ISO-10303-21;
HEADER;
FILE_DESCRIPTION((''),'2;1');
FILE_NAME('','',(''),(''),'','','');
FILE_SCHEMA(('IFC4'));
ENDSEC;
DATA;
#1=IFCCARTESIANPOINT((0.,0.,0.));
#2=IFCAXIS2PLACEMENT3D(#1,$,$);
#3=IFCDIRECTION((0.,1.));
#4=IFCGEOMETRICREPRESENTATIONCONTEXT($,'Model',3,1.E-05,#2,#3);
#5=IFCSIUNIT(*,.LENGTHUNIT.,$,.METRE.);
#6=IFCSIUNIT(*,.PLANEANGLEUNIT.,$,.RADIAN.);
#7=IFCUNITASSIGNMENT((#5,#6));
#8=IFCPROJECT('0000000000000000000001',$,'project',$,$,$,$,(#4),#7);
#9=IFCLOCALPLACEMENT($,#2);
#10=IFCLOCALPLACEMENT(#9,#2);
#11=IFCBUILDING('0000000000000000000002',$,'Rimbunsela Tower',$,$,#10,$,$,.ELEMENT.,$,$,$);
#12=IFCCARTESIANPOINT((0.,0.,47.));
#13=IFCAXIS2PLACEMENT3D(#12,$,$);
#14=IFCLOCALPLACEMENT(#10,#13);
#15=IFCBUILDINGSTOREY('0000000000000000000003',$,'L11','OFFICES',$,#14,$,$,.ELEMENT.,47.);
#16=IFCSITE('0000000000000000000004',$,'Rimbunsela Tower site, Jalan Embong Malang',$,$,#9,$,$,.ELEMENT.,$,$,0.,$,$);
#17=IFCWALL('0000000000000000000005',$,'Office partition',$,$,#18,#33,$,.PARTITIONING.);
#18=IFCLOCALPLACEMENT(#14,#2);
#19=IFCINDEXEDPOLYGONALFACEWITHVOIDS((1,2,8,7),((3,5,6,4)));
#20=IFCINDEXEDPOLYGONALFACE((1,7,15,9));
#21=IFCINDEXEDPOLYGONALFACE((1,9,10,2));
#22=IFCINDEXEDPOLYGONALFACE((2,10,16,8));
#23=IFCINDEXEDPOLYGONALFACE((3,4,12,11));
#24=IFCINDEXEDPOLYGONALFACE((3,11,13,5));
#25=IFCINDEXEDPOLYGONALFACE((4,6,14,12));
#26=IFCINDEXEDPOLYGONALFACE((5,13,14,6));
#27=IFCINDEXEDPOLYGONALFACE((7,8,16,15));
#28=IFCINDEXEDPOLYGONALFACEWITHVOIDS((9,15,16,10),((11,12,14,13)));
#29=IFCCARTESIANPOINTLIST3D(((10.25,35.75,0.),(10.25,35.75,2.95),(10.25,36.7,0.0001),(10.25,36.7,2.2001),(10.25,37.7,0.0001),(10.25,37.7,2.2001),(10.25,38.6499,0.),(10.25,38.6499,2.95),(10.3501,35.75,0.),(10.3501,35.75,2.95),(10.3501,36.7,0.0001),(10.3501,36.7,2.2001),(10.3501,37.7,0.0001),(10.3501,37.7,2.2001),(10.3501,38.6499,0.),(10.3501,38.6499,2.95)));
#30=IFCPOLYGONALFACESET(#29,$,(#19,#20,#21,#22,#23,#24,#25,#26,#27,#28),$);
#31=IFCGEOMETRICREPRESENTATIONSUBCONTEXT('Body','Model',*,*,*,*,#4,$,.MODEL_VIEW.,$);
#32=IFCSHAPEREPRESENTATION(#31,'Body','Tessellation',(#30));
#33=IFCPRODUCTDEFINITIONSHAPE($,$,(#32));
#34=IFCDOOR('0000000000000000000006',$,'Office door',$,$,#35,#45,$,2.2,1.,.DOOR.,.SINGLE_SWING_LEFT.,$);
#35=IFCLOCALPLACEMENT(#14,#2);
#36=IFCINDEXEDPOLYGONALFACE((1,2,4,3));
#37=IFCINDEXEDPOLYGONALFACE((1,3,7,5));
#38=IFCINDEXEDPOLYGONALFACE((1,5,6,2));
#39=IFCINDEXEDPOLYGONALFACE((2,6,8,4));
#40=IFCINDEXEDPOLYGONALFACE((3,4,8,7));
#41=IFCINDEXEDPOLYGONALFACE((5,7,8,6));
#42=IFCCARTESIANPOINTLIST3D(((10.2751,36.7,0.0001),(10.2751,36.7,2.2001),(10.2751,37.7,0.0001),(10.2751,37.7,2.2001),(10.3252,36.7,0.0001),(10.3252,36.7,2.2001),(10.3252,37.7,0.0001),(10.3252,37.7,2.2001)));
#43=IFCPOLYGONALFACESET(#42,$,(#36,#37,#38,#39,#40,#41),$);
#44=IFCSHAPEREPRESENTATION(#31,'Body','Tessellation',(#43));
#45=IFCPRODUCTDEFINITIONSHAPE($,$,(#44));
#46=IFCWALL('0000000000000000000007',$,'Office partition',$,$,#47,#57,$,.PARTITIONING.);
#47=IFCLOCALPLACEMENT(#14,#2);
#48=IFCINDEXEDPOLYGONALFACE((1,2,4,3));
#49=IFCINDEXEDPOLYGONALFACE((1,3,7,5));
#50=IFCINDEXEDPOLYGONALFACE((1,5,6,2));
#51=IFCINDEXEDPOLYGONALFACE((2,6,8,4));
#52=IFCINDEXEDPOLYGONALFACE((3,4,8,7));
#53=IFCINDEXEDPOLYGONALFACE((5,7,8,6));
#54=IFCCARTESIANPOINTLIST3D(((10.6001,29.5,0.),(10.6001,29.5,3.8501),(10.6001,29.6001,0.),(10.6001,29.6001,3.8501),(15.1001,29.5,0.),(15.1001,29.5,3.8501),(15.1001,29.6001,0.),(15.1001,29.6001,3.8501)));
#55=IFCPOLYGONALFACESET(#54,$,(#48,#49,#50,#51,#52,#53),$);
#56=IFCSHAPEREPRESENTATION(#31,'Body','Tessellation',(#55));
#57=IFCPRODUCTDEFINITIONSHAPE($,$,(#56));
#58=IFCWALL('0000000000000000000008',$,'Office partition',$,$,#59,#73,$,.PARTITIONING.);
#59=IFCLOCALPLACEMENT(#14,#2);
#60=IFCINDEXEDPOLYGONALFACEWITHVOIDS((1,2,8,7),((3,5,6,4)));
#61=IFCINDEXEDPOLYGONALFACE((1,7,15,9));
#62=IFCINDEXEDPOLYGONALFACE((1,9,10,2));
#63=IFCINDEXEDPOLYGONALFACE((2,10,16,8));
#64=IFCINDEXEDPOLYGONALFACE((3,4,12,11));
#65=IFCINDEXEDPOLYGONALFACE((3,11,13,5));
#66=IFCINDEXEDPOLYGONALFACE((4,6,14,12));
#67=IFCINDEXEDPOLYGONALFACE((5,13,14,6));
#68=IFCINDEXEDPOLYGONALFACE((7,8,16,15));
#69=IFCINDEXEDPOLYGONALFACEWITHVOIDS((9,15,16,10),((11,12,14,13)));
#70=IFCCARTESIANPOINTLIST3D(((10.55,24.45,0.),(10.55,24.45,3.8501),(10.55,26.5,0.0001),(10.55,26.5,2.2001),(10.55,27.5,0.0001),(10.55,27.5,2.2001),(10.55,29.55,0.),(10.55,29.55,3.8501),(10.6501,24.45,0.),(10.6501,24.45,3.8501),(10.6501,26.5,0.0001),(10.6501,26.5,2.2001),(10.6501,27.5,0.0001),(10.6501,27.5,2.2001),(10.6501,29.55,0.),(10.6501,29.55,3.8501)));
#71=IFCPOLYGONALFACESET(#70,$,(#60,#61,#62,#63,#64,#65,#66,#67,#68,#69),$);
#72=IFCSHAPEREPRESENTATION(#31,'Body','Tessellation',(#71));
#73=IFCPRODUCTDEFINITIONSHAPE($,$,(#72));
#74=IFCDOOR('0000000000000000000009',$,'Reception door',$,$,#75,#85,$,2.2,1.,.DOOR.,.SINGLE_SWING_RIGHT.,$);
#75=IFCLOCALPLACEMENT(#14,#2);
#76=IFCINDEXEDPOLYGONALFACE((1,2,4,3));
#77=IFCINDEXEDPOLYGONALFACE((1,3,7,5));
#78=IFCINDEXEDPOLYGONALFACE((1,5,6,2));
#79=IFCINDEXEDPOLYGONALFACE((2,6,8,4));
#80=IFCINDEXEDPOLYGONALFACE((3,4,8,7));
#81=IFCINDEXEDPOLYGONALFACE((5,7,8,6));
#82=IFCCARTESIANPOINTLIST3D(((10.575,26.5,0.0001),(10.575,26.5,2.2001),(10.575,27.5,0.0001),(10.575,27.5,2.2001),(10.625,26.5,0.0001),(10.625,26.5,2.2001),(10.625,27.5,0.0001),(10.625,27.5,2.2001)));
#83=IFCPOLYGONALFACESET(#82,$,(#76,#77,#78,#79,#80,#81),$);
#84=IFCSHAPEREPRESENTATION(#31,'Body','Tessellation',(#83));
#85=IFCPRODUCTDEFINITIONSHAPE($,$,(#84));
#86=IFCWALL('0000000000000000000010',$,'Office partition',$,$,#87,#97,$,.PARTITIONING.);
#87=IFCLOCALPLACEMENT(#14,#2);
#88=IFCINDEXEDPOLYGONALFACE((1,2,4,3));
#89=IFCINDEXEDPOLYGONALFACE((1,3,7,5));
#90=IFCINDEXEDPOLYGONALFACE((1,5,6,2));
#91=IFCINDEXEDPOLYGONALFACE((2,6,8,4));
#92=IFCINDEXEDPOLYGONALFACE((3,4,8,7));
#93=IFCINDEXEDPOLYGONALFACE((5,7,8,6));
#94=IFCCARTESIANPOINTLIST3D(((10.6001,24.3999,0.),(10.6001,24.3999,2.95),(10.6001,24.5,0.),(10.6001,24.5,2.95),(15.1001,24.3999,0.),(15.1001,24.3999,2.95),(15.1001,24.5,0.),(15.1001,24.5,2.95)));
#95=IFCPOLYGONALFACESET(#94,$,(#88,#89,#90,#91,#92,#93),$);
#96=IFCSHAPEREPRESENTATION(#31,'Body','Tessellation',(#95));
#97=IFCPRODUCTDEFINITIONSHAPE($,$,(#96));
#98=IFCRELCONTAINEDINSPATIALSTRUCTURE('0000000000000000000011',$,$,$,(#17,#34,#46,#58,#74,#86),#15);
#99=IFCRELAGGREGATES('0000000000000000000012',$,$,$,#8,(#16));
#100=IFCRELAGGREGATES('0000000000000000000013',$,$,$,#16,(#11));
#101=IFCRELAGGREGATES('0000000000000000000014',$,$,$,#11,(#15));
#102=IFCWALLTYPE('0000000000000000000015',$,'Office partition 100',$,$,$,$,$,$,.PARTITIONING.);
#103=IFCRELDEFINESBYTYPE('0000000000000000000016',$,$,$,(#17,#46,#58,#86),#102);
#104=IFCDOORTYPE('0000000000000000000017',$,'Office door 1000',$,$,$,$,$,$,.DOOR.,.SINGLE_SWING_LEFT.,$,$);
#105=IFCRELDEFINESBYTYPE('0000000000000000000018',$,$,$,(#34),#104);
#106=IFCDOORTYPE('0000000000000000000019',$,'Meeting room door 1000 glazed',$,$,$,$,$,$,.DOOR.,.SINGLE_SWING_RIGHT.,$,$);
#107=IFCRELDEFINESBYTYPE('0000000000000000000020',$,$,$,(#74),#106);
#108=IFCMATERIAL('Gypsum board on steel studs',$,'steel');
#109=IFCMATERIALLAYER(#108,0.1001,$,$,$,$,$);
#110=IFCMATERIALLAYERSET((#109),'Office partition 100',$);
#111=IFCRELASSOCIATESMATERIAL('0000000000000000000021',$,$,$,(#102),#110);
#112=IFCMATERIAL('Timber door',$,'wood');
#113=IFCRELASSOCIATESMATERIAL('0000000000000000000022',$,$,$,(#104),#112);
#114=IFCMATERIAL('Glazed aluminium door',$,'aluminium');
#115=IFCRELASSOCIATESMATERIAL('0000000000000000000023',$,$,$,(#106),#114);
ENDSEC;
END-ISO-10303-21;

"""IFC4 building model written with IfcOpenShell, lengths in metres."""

from ifc_helpers import new_model, si_unit, direction, frame, frame_2d, origin, place, context, subcontext, project, spatial, rectangle, extrude, material, layer, layer_set, type_object, element, fill, save


model = new_model("IFC4")

# Units and contexts
model_context = context("Model", 3, precision=1e-05, world=origin(), true_north=direction((0.0, 1.0)))
body_context = subcontext(model_context, "Body", "Model", "MODEL_VIEW")
ifc_project = project(units=[si_unit("LENGTHUNIT", "METRE"), si_unit("PLANEANGLEUNIT", "RADIAN")], contexts=[model_context])

# Site, building, storey
site_placement = place(None, origin())
site = spatial("IfcSite", under=ifc_project, at=site_placement, Name="Rimbunsela Tower site, Jalan Embong Malang", CompositionType="ELEMENT", RefElevation=0.0)
building_placement = place(site_placement, origin())
building = spatial("IfcBuilding", under=site, at=building_placement, Name="Rimbunsela Tower", CompositionType="ELEMENT")
storey_placement = place(building_placement, frame((0.0, 0.0, 47.0)))
storey = spatial("IfcBuildingStorey", under=building, at=storey_placement, Name="L11", Description="OFFICES", CompositionType="ELEMENT", Elevation=47.0)

# Shared definitions
ifc_material_1 = material(Name="Gypsum board on steel studs", Category="steel")
ifc_layer_1 = layer(ifc_material_1, 0.1001)
ifc_layer_set_1 = layer_set([ifc_layer_1], Name="Office partition 100")
wall_type_1 = type_object("IfcWallType", Name="Office partition 100", PredefinedType="PARTITIONING", material=ifc_layer_set_1)

# Wall, opening, door
wall_1_placement = place(storey_placement, frame((10.3, 35.75, 0.0), z_axis=(0.0, 0.0, 1.0), x_axis=(0.0, 1.0, 0.0)))
wall_1 = element("IfcWall", 1, at=wall_1_placement, inside=storey, type_object=wall_type_1, Name="Office partition", PredefinedType="PARTITIONING", context=body_context, shape_type="SweptSolid", body=[
    extrude(rectangle(XDim=2.8999, YDim=0.1001, at=frame_2d((1.45, 0.0))), origin(), (0.0, 0.0, 1.0), 2.95),
])
opening_1_placement = place(wall_1_placement, frame((0.95, 0.0, 0.0)))
opening_1 = element("IfcOpeningElement", 2, at=opening_1_placement, cuts=wall_1, PredefinedType="OPENING", context=body_context, shape_type="SweptSolid", body=[
    extrude(rectangle(XDim=1.0, YDim=2.2, at=frame_2d((0.5, 1.1001))), frame((0.0, 0.0601, 0.0), z_axis=(0.0, -1.0, 0.0), x_axis=(1.0, 0.0, 0.0)), (0.0, 0.0, 1.0), 0.1201),
])
ifc_material_2 = material(Name="Timber door", Category="wood")
door_type_1 = type_object("IfcDoorType", Name="Office door 1000", OperationType="SINGLE_SWING_LEFT", PredefinedType="DOOR", material=ifc_material_2)
door_1_placement = place(opening_1_placement, origin())
door_1 = element("IfcDoor", 3, at=door_1_placement, inside=storey, type_object=door_type_1, Name="Office door", OperationType="SINGLE_SWING_LEFT", OverallHeight=2.2, OverallWidth=1.0, PredefinedType="DOOR", context=body_context, shape_type="SweptSolid", body=[
    extrude(rectangle(XDim=1.0, YDim=2.2, at=frame_2d((0.5, 1.1001))), frame((0.0, 0.0249, 0.0), z_axis=(0.0, -1.0, 0.0), x_axis=(1.0, 0.0, 0.0)), (0.0, 0.0, 1.0), 0.05),
])
fill(opening_1, door_1)

# Wall
wall_2_placement = place(storey_placement, frame((15.1001, 29.55, 0.0), z_axis=(0.0, 0.0, 1.0), x_axis=(-1.0, 0.0, 0.0)))
element("IfcWall", 4, at=wall_2_placement, inside=storey, type_object=wall_type_1, Name="Office partition", PredefinedType="PARTITIONING", context=body_context, shape_type="SweptSolid", body=[
    extrude(rectangle(XDim=4.5, YDim=0.1001, at=frame_2d((2.25, 0.0))), origin(), (0.0, 0.0, 1.0), 3.8501),
])

# Wall, opening, door
wall_3_placement = place(storey_placement, frame((10.6001, 29.55, 0.0), z_axis=(0.0, 0.0, 1.0), x_axis=(0.0, -1.0, 0.0)))
wall_3 = element("IfcWall", 5, at=wall_3_placement, inside=storey, type_object=wall_type_1, Name="Office partition", PredefinedType="PARTITIONING", context=body_context, shape_type="SweptSolid", body=[
    extrude(rectangle(XDim=5.1001, YDim=0.1001, at=frame_2d((2.55, 0.0))), origin(), (0.0, 0.0, 1.0), 3.8501),
])
opening_2_placement = place(wall_3_placement, frame((2.05, 0.0, 0.0)))
opening_2 = element("IfcOpeningElement", 6, at=opening_2_placement, cuts=wall_3, PredefinedType="OPENING", context=body_context, shape_type="SweptSolid", body=[
    extrude(rectangle(XDim=1.0, YDim=2.2, at=frame_2d((0.5, 1.1001))), frame((0.0, 0.0601, 0.0), z_axis=(0.0, -1.0, 0.0), x_axis=(1.0, 0.0, 0.0)), (0.0, 0.0, 1.0), 0.1201),
])
ifc_material_3 = material(Name="Glazed aluminium door", Category="aluminium")
door_type_2 = type_object("IfcDoorType", Name="Meeting room door 1000 glazed", OperationType="SINGLE_SWING_RIGHT", PredefinedType="DOOR", material=ifc_material_3)
door_2_placement = place(opening_2_placement, origin())
door_2 = element("IfcDoor", 7, at=door_2_placement, inside=storey, type_object=door_type_2, Name="Reception door", OperationType="SINGLE_SWING_RIGHT", OverallHeight=2.2, OverallWidth=1.0, PredefinedType="DOOR", context=body_context, shape_type="SweptSolid", body=[
    extrude(rectangle(XDim=1.0, YDim=2.2, at=frame_2d((0.5, 1.1001))), frame((0.0, 0.0249, 0.0), z_axis=(0.0, -1.0, 0.0), x_axis=(1.0, 0.0, 0.0)), (0.0, 0.0, 1.0), 0.05),
])
fill(opening_2, door_2)

# Wall
wall_4_placement = place(storey_placement, frame((10.6001, 24.45, 0.0), z_axis=(0.0, 0.0, 1.0), x_axis=(1.0, 0.0, 0.0)))
element("IfcWall", 8, at=wall_4_placement, inside=storey, type_object=wall_type_1, Name="Office partition", PredefinedType="PARTITIONING", context=body_context, shape_type="SweptSolid", body=[
    extrude(rectangle(XDim=4.5, YDim=0.1001, at=frame_2d((2.25, 0.0))), origin(), (0.0, 0.0, 1.0), 2.95),
])

save(model, "model.ifc")
